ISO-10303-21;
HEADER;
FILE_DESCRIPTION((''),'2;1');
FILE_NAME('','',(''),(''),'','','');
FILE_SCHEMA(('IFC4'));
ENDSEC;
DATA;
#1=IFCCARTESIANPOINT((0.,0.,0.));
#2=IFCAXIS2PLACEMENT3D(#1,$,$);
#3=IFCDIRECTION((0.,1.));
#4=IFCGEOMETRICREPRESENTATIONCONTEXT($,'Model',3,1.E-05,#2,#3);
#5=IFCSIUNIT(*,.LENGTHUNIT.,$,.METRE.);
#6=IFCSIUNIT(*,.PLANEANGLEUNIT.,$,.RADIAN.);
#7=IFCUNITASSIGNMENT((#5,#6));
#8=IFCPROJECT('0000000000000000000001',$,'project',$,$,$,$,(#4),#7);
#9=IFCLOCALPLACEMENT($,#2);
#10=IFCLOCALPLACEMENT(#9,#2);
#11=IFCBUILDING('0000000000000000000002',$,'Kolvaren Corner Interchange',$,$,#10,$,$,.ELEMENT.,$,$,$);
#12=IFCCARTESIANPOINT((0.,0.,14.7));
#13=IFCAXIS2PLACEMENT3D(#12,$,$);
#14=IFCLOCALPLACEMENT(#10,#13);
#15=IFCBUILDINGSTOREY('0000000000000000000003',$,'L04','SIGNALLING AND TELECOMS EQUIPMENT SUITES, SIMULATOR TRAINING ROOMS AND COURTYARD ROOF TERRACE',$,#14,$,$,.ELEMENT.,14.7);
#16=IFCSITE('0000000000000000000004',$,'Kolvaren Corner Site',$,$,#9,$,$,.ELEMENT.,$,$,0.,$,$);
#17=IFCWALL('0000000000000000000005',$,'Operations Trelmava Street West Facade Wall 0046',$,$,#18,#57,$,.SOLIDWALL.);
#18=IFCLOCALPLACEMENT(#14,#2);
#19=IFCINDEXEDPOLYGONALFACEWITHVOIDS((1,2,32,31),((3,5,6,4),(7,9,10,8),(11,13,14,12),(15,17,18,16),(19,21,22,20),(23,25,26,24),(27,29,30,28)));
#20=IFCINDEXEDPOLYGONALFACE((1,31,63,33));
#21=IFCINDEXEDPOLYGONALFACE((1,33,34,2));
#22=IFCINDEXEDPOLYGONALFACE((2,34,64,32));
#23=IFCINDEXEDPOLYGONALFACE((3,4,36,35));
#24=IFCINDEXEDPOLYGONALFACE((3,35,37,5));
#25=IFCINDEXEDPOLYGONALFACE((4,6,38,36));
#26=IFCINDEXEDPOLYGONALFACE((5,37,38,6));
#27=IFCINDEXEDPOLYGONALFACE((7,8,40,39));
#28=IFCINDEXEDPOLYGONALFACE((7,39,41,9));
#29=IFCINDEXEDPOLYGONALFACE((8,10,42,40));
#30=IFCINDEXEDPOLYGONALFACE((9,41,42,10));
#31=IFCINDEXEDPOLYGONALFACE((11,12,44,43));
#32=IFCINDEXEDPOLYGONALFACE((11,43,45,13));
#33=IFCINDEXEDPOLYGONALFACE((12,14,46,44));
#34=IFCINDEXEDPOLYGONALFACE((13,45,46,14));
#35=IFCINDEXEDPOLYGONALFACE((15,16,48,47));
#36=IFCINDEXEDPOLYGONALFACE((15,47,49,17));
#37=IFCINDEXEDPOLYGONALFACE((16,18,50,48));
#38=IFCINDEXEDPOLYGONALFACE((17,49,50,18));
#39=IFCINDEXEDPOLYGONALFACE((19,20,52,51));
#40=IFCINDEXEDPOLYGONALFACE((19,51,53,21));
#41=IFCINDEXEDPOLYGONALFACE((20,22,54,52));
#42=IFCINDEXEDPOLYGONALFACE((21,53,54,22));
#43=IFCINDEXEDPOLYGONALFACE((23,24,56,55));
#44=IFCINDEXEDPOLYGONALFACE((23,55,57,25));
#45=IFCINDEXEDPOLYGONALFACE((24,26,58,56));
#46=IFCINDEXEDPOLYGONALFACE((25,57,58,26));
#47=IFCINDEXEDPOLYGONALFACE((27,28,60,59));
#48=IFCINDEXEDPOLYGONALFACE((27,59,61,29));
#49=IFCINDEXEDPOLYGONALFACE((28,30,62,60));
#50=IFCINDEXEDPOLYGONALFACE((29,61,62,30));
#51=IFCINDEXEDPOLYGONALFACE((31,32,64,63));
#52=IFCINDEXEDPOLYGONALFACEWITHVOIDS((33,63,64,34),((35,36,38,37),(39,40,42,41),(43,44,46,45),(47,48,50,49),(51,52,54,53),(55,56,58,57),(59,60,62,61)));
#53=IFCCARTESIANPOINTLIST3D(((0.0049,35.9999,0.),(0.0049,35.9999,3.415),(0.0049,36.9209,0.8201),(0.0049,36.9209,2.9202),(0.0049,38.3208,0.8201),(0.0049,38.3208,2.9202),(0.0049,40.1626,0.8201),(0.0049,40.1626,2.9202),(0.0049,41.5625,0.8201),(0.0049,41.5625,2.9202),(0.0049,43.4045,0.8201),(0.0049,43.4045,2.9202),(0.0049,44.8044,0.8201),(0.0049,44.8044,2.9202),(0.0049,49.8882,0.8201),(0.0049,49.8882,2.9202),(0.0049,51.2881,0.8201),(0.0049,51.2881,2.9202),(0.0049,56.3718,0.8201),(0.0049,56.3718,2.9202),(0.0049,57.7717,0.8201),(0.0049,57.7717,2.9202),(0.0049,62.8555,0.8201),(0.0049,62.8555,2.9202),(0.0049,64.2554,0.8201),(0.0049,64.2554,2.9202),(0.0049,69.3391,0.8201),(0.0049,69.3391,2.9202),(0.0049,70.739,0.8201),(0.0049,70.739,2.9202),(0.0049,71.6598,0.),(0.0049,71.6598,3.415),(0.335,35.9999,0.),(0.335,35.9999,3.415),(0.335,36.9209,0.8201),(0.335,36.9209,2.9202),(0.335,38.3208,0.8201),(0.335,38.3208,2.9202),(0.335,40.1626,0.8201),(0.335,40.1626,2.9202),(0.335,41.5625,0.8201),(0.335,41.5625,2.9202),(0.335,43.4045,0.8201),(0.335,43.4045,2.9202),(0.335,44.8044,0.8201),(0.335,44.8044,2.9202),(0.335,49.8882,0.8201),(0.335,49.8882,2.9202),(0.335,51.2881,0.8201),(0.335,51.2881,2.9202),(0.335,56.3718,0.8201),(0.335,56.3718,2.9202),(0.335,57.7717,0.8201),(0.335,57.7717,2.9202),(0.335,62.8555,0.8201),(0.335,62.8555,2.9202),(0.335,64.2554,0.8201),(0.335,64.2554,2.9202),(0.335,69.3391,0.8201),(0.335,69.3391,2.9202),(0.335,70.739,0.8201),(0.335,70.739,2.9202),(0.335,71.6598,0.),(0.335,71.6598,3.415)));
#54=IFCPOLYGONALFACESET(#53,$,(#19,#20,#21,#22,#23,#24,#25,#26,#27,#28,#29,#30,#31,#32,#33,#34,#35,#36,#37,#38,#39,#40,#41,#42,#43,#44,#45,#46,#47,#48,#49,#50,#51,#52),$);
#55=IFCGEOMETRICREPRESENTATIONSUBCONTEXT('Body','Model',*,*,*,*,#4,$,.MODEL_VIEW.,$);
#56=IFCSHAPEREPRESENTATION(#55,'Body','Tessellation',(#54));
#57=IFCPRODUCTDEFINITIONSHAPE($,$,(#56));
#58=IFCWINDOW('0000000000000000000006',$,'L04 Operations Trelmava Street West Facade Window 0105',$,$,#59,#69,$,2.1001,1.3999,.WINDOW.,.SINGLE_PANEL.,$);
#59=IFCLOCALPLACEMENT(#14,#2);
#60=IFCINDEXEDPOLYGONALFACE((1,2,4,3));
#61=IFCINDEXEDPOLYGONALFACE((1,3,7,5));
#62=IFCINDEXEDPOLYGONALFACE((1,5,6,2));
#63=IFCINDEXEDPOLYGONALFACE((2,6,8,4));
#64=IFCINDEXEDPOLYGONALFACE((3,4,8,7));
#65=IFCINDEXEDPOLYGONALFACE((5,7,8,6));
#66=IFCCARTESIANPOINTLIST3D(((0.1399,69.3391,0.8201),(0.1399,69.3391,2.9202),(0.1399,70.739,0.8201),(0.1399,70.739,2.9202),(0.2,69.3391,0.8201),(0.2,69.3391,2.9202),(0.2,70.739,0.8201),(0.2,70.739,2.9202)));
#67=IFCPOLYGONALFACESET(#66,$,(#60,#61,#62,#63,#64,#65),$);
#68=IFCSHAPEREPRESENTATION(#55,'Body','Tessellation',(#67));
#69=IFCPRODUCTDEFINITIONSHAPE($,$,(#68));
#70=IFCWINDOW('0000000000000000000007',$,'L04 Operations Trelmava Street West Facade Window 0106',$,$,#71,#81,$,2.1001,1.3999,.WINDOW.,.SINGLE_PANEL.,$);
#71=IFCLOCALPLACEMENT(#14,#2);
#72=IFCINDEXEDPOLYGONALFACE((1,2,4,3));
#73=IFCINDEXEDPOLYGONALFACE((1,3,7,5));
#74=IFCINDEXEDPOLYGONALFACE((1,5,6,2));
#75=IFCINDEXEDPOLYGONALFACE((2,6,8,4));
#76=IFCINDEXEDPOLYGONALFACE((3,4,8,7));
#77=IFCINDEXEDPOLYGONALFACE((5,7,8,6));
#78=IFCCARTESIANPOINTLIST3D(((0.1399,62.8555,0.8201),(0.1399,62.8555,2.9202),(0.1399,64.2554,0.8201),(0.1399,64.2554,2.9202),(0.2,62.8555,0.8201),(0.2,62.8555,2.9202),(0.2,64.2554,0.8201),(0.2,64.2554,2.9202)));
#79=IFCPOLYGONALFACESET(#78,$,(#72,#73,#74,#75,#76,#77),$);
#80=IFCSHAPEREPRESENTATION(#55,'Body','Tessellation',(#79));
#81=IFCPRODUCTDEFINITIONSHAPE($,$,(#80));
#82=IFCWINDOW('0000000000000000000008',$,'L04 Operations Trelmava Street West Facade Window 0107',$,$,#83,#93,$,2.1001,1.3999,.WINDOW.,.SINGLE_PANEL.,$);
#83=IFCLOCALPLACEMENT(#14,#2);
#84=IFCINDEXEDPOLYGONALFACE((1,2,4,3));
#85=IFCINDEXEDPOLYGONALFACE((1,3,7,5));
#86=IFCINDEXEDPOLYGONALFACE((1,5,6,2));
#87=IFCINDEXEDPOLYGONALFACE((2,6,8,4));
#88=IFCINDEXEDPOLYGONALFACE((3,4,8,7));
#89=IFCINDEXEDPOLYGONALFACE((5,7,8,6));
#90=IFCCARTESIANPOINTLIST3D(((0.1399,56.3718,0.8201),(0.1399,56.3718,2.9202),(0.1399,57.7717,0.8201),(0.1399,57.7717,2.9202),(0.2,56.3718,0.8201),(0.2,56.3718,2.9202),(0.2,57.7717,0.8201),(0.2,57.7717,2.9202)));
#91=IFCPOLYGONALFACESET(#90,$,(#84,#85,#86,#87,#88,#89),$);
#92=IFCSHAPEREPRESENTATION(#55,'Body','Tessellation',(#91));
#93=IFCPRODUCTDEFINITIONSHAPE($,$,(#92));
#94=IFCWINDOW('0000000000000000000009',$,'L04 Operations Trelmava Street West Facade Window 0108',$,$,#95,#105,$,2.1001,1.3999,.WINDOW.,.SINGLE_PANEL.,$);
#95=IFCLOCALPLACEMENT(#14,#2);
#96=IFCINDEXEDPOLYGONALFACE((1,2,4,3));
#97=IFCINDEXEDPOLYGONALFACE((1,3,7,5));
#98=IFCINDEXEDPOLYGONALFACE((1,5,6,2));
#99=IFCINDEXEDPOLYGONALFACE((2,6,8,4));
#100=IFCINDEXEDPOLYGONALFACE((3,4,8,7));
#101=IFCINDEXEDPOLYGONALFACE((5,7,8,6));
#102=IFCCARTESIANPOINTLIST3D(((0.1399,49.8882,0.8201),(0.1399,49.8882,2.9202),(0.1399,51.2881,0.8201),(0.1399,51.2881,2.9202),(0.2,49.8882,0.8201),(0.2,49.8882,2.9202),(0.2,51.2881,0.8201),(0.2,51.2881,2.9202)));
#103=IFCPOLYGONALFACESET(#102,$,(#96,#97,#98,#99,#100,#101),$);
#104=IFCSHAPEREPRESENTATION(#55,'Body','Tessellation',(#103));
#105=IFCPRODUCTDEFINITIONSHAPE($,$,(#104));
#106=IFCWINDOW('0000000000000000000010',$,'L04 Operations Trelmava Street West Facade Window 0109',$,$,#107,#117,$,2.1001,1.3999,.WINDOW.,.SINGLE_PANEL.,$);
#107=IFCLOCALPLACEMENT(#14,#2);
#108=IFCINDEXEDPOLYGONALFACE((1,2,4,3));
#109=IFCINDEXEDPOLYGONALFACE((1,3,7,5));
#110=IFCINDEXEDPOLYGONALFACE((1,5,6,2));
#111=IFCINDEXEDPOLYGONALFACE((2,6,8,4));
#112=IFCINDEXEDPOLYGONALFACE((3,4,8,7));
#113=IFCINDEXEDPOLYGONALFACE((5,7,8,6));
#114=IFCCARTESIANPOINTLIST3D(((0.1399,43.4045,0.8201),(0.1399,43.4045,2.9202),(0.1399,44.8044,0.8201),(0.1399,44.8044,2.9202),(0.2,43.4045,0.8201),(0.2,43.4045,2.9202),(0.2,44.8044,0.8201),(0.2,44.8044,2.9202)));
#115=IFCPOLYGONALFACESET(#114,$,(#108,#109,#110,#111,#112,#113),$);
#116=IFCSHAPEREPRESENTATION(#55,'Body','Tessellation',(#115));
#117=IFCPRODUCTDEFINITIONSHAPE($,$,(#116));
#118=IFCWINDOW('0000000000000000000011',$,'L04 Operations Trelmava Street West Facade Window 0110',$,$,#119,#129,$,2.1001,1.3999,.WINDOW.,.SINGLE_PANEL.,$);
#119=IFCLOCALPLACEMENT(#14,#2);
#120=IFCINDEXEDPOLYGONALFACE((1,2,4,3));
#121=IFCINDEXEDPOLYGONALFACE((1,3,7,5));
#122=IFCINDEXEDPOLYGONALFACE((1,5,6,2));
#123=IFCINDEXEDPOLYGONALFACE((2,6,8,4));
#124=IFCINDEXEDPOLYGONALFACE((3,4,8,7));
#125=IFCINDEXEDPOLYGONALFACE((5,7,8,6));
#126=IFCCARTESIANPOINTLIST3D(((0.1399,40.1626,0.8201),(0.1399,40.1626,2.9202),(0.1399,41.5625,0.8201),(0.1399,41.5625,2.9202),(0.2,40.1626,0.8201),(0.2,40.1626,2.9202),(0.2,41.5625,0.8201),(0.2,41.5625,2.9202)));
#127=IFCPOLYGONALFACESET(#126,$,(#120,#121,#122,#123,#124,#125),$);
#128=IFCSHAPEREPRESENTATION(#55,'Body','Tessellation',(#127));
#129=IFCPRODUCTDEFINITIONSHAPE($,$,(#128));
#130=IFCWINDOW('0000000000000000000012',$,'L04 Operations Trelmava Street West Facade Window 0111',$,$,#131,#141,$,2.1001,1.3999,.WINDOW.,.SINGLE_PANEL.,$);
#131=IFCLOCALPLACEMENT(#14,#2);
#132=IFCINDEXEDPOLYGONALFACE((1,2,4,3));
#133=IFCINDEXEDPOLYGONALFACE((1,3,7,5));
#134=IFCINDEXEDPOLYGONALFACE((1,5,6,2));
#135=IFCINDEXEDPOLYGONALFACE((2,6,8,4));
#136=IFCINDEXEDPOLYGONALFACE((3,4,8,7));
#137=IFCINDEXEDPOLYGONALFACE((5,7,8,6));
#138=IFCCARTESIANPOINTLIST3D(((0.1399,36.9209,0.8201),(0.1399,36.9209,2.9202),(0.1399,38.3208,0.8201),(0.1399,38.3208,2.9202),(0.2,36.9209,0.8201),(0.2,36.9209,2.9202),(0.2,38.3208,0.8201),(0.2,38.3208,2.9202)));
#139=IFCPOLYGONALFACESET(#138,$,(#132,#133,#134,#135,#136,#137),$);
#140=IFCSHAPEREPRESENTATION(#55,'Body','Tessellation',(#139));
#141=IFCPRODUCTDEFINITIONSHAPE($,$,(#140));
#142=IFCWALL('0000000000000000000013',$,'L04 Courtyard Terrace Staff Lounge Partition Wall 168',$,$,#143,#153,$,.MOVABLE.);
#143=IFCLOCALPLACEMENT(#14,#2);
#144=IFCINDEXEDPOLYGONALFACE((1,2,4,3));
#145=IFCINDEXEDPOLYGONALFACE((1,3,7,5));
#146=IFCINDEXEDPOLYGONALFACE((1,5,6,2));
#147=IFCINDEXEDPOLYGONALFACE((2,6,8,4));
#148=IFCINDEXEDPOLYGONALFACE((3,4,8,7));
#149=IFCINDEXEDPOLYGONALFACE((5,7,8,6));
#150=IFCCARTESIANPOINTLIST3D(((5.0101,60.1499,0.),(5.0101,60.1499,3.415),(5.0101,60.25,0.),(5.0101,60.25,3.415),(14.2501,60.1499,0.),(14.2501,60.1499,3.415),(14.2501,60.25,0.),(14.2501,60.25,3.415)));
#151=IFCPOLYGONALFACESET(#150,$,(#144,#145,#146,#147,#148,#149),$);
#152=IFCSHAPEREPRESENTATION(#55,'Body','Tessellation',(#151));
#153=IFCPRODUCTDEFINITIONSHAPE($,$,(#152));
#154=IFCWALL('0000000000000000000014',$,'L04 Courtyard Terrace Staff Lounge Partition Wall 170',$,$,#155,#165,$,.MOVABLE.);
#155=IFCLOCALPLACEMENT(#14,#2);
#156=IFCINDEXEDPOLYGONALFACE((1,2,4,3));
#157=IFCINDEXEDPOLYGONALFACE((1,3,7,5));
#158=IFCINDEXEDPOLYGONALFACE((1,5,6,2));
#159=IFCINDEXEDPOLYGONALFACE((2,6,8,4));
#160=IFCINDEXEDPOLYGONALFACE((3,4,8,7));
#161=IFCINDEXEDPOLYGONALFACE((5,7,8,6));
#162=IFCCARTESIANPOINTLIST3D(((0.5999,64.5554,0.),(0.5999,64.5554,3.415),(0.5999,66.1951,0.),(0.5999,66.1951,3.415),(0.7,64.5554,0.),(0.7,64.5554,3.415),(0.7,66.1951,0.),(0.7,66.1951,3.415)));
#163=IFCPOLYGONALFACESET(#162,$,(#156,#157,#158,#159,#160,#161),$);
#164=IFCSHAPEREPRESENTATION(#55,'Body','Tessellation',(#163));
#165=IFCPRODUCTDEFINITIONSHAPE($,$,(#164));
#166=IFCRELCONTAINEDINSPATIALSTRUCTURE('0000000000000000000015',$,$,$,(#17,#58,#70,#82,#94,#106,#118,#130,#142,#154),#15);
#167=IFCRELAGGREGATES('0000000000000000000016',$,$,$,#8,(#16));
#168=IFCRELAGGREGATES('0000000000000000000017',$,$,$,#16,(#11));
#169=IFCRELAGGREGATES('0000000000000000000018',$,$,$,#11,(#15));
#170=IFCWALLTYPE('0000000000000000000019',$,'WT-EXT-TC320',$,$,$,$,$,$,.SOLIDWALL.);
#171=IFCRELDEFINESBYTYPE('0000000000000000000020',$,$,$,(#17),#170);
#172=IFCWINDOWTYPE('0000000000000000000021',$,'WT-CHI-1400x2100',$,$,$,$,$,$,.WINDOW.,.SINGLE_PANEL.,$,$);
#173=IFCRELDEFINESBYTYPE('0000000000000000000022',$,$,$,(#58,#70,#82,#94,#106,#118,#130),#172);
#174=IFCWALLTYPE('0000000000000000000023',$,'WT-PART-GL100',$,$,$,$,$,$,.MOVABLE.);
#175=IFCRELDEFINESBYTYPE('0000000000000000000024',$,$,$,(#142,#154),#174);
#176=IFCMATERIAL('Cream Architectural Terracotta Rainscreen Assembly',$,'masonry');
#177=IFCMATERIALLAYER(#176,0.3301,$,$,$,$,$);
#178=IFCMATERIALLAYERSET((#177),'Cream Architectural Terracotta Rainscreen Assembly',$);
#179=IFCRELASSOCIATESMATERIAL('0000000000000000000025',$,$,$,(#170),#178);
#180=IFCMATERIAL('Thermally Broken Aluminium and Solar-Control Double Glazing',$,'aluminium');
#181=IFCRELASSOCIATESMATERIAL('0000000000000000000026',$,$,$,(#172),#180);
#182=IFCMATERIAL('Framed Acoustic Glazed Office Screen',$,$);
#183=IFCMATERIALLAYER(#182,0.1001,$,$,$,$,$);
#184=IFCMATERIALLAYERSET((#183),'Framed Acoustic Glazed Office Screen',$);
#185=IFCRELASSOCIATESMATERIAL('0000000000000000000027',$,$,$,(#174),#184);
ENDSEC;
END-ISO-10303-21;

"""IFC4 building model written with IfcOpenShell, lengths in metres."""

from ifc_helpers import new_model, si_unit, direction, frame, frame_2d, origin, place, context, subcontext, project, spatial, rectangle, extrude, material, layer, layer_set, type_object, element, fill, save


model = new_model("IFC4")

# Units and contexts
model_context = context("Model", 3, precision=1e-05, world=origin(), true_north=direction((0.0, 1.0)))
body_context = subcontext(model_context, "Body", "Model", "MODEL_VIEW")
ifc_project = project(units=[si_unit("LENGTHUNIT", "METRE"), si_unit("PLANEANGLEUNIT", "RADIAN")], contexts=[model_context])

# Site, building, storey
site_placement = place(None, origin())
site = spatial("IfcSite", under=ifc_project, at=site_placement, Name="Kolvaren Corner Site", CompositionType="ELEMENT", RefElevation=0.0)
building_placement = place(site_placement, origin())
building = spatial("IfcBuilding", under=site, at=building_placement, Name="Kolvaren Corner Interchange", CompositionType="ELEMENT")
storey_placement = place(building_placement, frame((0.0, 0.0, 14.7)))
storey = spatial("IfcBuildingStorey", under=building, at=storey_placement, Name="L04", Description="SIGNALLING AND TELECOMS EQUIPMENT SUITES, SIMULATOR TRAINING ROOMS AND COURTYARD ROOF TERRACE", CompositionType="ELEMENT", Elevation=14.7)

# Wall, openings, windows
ifc_material_1 = material(Name="Cream Architectural Terracotta Rainscreen Assembly", Category="masonry")
ifc_layer_1 = layer(ifc_material_1, 0.3301)
ifc_layer_set_1 = layer_set([ifc_layer_1], Name="Cream Architectural Terracotta Rainscreen Assembly")
wall_type_1 = type_object("IfcWallType", Name="WT-EXT-TC320", PredefinedType="SOLIDWALL", material=ifc_layer_set_1)
wall_1_placement = place(storey_placement, frame((0.1699, 71.6599, 0.0), z_axis=(0.0, 0.0, 1.0), x_axis=(0.0, -1.0, 0.0)))
wall_1 = element("IfcWall", 1, at=wall_1_placement, inside=storey, type_object=wall_type_1, Name="Operations Trelmava Street West Facade Wall 0046", PredefinedType="SOLIDWALL", context=body_context, shape_type="SweptSolid", body=[
    extrude(rectangle(XDim=35.6599, YDim=0.3301, at=frame_2d((17.8301, 0.0))), origin(), (0.0, 0.0, 1.0), 3.415),
])
opening_1_placement = place(wall_1_placement, frame((0.9209, 0.0, 0.8201)))
opening_1 = element("IfcOpeningElement", 2, at=opening_1_placement, cuts=wall_1, PredefinedType="OPENING", context=body_context, shape_type="SweptSolid", body=[
    extrude(rectangle(XDim=1.3999, YDim=2.1001, at=frame_2d((0.7, 1.05))), frame((0.0, 0.175, 0.0), z_axis=(0.0, -1.0, 0.0), x_axis=(1.0, 0.0, 0.0)), (0.0, 0.0, 1.0), 0.3501),
])
opening_2_placement = place(wall_1_placement, frame((7.4045, 0.0, 0.8201)))
opening_2 = element("IfcOpeningElement", 3, at=opening_2_placement, cuts=wall_1, PredefinedType="OPENING", context=body_context, shape_type="SweptSolid", body=[
    extrude(rectangle(XDim=1.3999, YDim=2.1001, at=frame_2d((0.7, 1.05))), frame((0.0, 0.175, 0.0), z_axis=(0.0, -1.0, 0.0), x_axis=(1.0, 0.0, 0.0)), (0.0, 0.0, 1.0), 0.3501),
])
opening_3_placement = place(wall_1_placement, frame((13.8882, 0.0, 0.8201)))
opening_3 = element("IfcOpeningElement", 4, at=opening_3_placement, cuts=wall_1, PredefinedType="OPENING", context=body_context, shape_type="SweptSolid", body=[
    extrude(rectangle(XDim=1.3999, YDim=2.1001, at=frame_2d((0.7, 1.05))), frame((0.0, 0.175, 0.0), z_axis=(0.0, -1.0, 0.0), x_axis=(1.0, 0.0, 0.0)), (0.0, 0.0, 1.0), 0.3501),
])
opening_4_placement = place(wall_1_placement, frame((20.3718, 0.0, 0.8201)))
opening_4 = element("IfcOpeningElement", 5, at=opening_4_placement, cuts=wall_1, PredefinedType="OPENING", context=body_context, shape_type="SweptSolid", body=[
    extrude(rectangle(XDim=1.3999, YDim=2.1001, at=frame_2d((0.7, 1.05))), frame((0.0, 0.175, 0.0), z_axis=(0.0, -1.0, 0.0), x_axis=(1.0, 0.0, 0.0)), (0.0, 0.0, 1.0), 0.3501),
])
opening_5_placement = place(wall_1_placement, frame((26.8555, 0.0, 0.8201)))
opening_5 = element("IfcOpeningElement", 6, at=opening_5_placement, cuts=wall_1, PredefinedType="OPENING", context=body_context, shape_type="SweptSolid", body=[
    extrude(rectangle(XDim=1.3999, YDim=2.1001, at=frame_2d((0.7, 1.05))), frame((0.0, 0.175, 0.0), z_axis=(0.0, -1.0, 0.0), x_axis=(1.0, 0.0, 0.0)), (0.0, 0.0, 1.0), 0.3501),
])
opening_6_placement = place(wall_1_placement, frame((30.0974, 0.0, 0.8201)))
opening_6 = element("IfcOpeningElement", 7, at=opening_6_placement, cuts=wall_1, PredefinedType="OPENING", context=body_context, shape_type="SweptSolid", body=[
    extrude(rectangle(XDim=1.3999, YDim=2.1001, at=frame_2d((0.7, 1.05))), frame((0.0, 0.175, 0.0), z_axis=(0.0, -1.0, 0.0), x_axis=(1.0, 0.0, 0.0)), (0.0, 0.0, 1.0), 0.3501),
])
opening_7_placement = place(wall_1_placement, frame((33.3391, 0.0, 0.8201)))
opening_7 = element("IfcOpeningElement", 8, at=opening_7_placement, cuts=wall_1, PredefinedType="OPENING", context=body_context, shape_type="SweptSolid", body=[
    extrude(rectangle(XDim=1.3999, YDim=2.1001, at=frame_2d((0.7, 1.05))), frame((0.0, 0.175, 0.0), z_axis=(0.0, -1.0, 0.0), x_axis=(1.0, 0.0, 0.0)), (0.0, 0.0, 1.0), 0.3501),
])
ifc_material_2 = material(Name="Thermally Broken Aluminium and Solar-Control Double Glazing", Category="aluminium")
window_type = type_object("IfcWindowType", Name="WT-CHI-1400x2100", PartitioningType="SINGLE_PANEL", PredefinedType="WINDOW", material=ifc_material_2)
window_1_placement = place(opening_1_placement, origin())
window_1 = element("IfcWindow", 9, at=window_1_placement, inside=storey, type_object=window_type, Name="L04 Operations Trelmava Street West Facade Window 0105", OverallHeight=2.1001, OverallWidth=1.3999, PartitioningType="SINGLE_PANEL", PredefinedType="WINDOW", context=body_context, shape_type="SweptSolid", body=[
    extrude(rectangle(XDim=1.3999, YDim=2.1001, at=frame_2d((0.7, 1.05))), frame((0.0, 0.03, 0.0), z_axis=(0.0, -1.0, 0.0), x_axis=(1.0, 0.0, 0.0)), (0.0, 0.0, 1.0), 0.0601),
])
fill(opening_1, window_1)
window_2_placement = place(opening_2_placement, origin())
window_2 = element("IfcWindow", 10, at=window_2_placement, inside=storey, type_object=window_type, Name="L04 Operations Trelmava Street West Facade Window 0106", OverallHeight=2.1001, OverallWidth=1.3999, PartitioningType="SINGLE_PANEL", PredefinedType="WINDOW", context=body_context, shape_type="SweptSolid", body=[
    extrude(rectangle(XDim=1.3999, YDim=2.1001, at=frame_2d((0.7, 1.05))), frame((0.0, 0.03, 0.0), z_axis=(0.0, -1.0, 0.0), x_axis=(1.0, 0.0, 0.0)), (0.0, 0.0, 1.0), 0.0601),
])
fill(opening_2, window_2)
window_3_placement = place(opening_3_placement, origin())
window_3 = element("IfcWindow", 11, at=window_3_placement, inside=storey, type_object=window_type, Name="L04 Operations Trelmava Street West Facade Window 0107", OverallHeight=2.1001, OverallWidth=1.3999, PartitioningType="SINGLE_PANEL", PredefinedType="WINDOW", context=body_context, shape_type="SweptSolid", body=[
    extrude(rectangle(XDim=1.3999, YDim=2.1001, at=frame_2d((0.7, 1.05))), frame((0.0, 0.03, 0.0), z_axis=(0.0, -1.0, 0.0), x_axis=(1.0, 0.0, 0.0)), (0.0, 0.0, 1.0), 0.0601),
])
fill(opening_3, window_3)
window_4_placement = place(opening_4_placement, origin())
window_4 = element("IfcWindow", 12, at=window_4_placement, inside=storey, type_object=window_type, Name="L04 Operations Trelmava Street West Facade Window 0108", OverallHeight=2.1001, OverallWidth=1.3999, PartitioningType="SINGLE_PANEL", PredefinedType="WINDOW", context=body_context, shape_type="SweptSolid", body=[
    extrude(rectangle(XDim=1.3999, YDim=2.1001, at=frame_2d((0.7, 1.05))), frame((0.0, 0.03, 0.0), z_axis=(0.0, -1.0, 0.0), x_axis=(1.0, 0.0, 0.0)), (0.0, 0.0, 1.0), 0.0601),
])
fill(opening_4, window_4)
window_5_placement = place(opening_5_placement, origin())
window_5 = element("IfcWindow", 13, at=window_5_placement, inside=storey, type_object=window_type, Name="L04 Operations Trelmava Street West Facade Window 0109", OverallHeight=2.1001, OverallWidth=1.3999, PartitioningType="SINGLE_PANEL", PredefinedType="WINDOW", context=body_context, shape_type="SweptSolid", body=[
    extrude(rectangle(XDim=1.3999, YDim=2.1001, at=frame_2d((0.7, 1.05))), frame((0.0, 0.03, 0.0), z_axis=(0.0, -1.0, 0.0), x_axis=(1.0, 0.0, 0.0)), (0.0, 0.0, 1.0), 0.0601),
])
fill(opening_5, window_5)
window_6_placement = place(opening_6_placement, origin())
window_6 = element("IfcWindow", 14, at=window_6_placement, inside=storey, type_object=window_type, Name="L04 Operations Trelmava Street West Facade Window 0110", OverallHeight=2.1001, OverallWidth=1.3999, PartitioningType="SINGLE_PANEL", PredefinedType="WINDOW", context=body_context, shape_type="SweptSolid", body=[
    extrude(rectangle(XDim=1.3999, YDim=2.1001, at=frame_2d((0.7, 1.05))), frame((0.0, 0.03, 0.0), z_axis=(0.0, -1.0, 0.0), x_axis=(1.0, 0.0, 0.0)), (0.0, 0.0, 1.0), 0.0601),
])
fill(opening_6, window_6)
window_7_placement = place(opening_7_placement, origin())
window_7 = element("IfcWindow", 15, at=window_7_placement, inside=storey, type_object=window_type, Name="L04 Operations Trelmava Street West Facade Window 0111", OverallHeight=2.1001, OverallWidth=1.3999, PartitioningType="SINGLE_PANEL", PredefinedType="WINDOW", context=body_context, shape_type="SweptSolid", body=[
    extrude(rectangle(XDim=1.3999, YDim=2.1001, at=frame_2d((0.7, 1.05))), frame((0.0, 0.03, 0.0), z_axis=(0.0, -1.0, 0.0), x_axis=(1.0, 0.0, 0.0)), (0.0, 0.0, 1.0), 0.0601),
])
fill(opening_7, window_7)

# Walls
ifc_material_3 = material(Name="Framed Acoustic Glazed Office Screen")
ifc_layer_2 = layer(ifc_material_3, 0.1001)
ifc_layer_set_2 = layer_set([ifc_layer_2], Name="Framed Acoustic Glazed Office Screen")
wall_type_2 = type_object("IfcWallType", Name="WT-PART-GL100", PredefinedType="MOVABLE", material=ifc_layer_set_2)
wall_2_placement = place(storey_placement, frame((5.01, 60.2, 0.0), z_axis=(0.0, 0.0, 1.0), x_axis=(1.0, 0.0, 0.0)))
element("IfcWall", 16, at=wall_2_placement, inside=storey, type_object=wall_type_2, Name="L04 Courtyard Terrace Staff Lounge Partition Wall 168", PredefinedType="MOVABLE", context=body_context, shape_type="SweptSolid", body=[
    extrude(rectangle(XDim=9.24, YDim=0.1001, at=frame_2d((4.6201, 0.0))), origin(), (0.0, 0.0, 1.0), 3.415),
])
wall_3_placement = place(storey_placement, frame((0.6499, 66.1951, 0.0), z_axis=(0.0, 0.0, 1.0), x_axis=(0.0, -1.0, 0.0)))
element("IfcWall", 17, at=wall_3_placement, inside=storey, type_object=wall_type_2, Name="L04 Courtyard Terrace Staff Lounge Partition Wall 170", PredefinedType="MOVABLE", context=body_context, shape_type="SweptSolid", body=[
    extrude(rectangle(XDim=1.6396, YDim=0.1001, at=frame_2d((0.8198, 0.0))), origin(), (0.0, 0.0, 1.0), 3.415),
])

save(model, "model.ifc")
